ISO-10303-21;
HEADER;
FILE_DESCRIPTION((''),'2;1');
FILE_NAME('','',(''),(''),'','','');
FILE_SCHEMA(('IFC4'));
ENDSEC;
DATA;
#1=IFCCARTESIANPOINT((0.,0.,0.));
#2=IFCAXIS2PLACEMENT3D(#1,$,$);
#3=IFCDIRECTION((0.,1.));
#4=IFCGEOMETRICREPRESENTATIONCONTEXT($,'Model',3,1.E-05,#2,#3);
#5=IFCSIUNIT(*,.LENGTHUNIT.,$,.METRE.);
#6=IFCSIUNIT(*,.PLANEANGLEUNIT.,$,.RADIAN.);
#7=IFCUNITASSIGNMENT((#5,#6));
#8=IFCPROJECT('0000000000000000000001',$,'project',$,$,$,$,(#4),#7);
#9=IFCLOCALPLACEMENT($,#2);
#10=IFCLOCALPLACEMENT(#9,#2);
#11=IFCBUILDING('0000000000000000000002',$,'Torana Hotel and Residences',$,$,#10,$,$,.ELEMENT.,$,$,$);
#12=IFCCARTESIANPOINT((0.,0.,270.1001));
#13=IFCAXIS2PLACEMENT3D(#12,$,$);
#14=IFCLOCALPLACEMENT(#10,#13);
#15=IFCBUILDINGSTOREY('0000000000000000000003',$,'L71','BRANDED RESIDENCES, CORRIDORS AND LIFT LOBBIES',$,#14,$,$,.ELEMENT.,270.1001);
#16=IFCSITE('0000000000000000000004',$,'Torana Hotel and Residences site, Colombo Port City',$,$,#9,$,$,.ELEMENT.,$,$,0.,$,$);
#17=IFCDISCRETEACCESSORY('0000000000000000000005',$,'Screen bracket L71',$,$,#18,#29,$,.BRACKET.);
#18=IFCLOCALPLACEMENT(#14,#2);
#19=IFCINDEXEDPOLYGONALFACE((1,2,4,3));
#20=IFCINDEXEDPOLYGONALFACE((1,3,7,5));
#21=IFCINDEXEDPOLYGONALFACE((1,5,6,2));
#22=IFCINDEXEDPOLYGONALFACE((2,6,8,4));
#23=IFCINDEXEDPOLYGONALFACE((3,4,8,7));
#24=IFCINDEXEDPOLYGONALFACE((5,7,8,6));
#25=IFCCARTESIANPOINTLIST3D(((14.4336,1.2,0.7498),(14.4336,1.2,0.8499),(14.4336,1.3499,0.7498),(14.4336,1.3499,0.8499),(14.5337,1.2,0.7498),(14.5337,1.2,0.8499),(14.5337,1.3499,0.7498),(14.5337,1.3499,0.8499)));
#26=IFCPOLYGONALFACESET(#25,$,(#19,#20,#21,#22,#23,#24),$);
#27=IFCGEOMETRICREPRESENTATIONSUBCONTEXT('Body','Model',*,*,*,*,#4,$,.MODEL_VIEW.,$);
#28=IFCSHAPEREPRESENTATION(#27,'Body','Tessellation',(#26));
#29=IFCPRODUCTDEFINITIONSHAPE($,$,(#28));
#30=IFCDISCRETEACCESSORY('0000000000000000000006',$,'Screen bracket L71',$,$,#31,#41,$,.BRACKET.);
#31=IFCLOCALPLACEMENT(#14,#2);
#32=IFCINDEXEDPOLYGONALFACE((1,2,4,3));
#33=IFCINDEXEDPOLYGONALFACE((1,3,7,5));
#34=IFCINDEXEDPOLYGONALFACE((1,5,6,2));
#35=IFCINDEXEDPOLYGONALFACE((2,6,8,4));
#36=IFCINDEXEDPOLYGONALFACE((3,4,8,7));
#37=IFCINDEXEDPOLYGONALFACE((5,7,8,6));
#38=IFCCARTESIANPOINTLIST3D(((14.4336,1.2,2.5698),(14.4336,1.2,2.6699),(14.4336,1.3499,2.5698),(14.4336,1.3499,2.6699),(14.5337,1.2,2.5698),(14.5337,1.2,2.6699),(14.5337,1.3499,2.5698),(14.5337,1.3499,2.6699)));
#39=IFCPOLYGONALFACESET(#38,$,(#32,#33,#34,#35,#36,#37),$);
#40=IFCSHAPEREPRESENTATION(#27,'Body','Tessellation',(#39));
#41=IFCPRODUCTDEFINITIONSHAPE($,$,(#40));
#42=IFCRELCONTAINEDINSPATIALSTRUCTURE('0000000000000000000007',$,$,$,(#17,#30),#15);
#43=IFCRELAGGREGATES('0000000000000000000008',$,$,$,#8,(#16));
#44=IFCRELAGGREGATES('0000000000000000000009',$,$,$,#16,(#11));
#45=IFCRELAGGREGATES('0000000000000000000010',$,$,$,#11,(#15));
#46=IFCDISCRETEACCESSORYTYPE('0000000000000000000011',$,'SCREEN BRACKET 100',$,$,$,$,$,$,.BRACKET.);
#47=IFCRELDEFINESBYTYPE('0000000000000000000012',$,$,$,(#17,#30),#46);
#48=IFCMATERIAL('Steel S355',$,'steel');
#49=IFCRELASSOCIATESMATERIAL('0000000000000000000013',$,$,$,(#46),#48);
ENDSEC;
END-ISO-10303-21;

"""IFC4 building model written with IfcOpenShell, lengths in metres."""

from ifc_helpers import new_model, si_unit, direction, frame, origin, origin_2d, place, context, subcontext, project, spatial, rectangle, extrude, material, type_object, element, save


model = new_model("IFC4")

# Units and contexts
model_context = context("Model", 3, precision=1e-05, world=origin(), true_north=direction((0.0, 1.0)))
body_context = subcontext(model_context, "Body", "Model", "MODEL_VIEW")
ifc_project = project(units=[si_unit("LENGTHUNIT", "METRE"), si_unit("PLANEANGLEUNIT", "RADIAN")], contexts=[model_context])

# Site, building, storey
site_placement = place(None, origin())
site = spatial("IfcSite", under=ifc_project, at=site_placement, Name="Torana Hotel and Residences site, Colombo Port City", CompositionType="ELEMENT", RefElevation=0.0)
building_placement = place(site_placement, origin())
building = spatial("IfcBuilding", under=site, at=building_placement, Name="Torana Hotel and Residences", CompositionType="ELEMENT")
storey_placement = place(building_placement, frame((0.0, 0.0, 270.1001)))
storey = spatial("IfcBuildingStorey", under=building, at=storey_placement, Name="L71", Description="BRANDED RESIDENCES, CORRIDORS AND LIFT LOBBIES", CompositionType="ELEMENT", Elevation=270.1001)

# Discrete accessories
ifc_material_1 = material(Name="Steel S355", Category="steel")
discrete_accessory_type = type_object("IfcDiscreteAccessoryType", Name="SCREEN BRACKET 100", PredefinedType="BRACKET", material=ifc_material_1)
for number, where, z_axis, x_axis, name in (
    (1, (14.4836, 1.2749, 0.7498), (0.0, 0.0, 1.0), (-1.0, 0.0, 0.0), "Screen bracket L71"),
    (2, (14.4836, 1.2749, 2.5698), (0.0, 0.0, 1.0), (-1.0, 0.0, 0.0), "Screen bracket L71"),
):
    element("IfcDiscreteAccessory", number, at=place(storey_placement, frame(where, z_axis=z_axis, x_axis=x_axis)), inside=storey, type_object=discrete_accessory_type, Name=name, PredefinedType="BRACKET", context=body_context, shape_type="SweptSolid", body=[
        extrude(rectangle(XDim=0.1001, YDim=0.1499, at=origin_2d()), origin(), (0.0, 0.0, 1.0), 0.1001),
    ])

save(model, "model.ifc")
